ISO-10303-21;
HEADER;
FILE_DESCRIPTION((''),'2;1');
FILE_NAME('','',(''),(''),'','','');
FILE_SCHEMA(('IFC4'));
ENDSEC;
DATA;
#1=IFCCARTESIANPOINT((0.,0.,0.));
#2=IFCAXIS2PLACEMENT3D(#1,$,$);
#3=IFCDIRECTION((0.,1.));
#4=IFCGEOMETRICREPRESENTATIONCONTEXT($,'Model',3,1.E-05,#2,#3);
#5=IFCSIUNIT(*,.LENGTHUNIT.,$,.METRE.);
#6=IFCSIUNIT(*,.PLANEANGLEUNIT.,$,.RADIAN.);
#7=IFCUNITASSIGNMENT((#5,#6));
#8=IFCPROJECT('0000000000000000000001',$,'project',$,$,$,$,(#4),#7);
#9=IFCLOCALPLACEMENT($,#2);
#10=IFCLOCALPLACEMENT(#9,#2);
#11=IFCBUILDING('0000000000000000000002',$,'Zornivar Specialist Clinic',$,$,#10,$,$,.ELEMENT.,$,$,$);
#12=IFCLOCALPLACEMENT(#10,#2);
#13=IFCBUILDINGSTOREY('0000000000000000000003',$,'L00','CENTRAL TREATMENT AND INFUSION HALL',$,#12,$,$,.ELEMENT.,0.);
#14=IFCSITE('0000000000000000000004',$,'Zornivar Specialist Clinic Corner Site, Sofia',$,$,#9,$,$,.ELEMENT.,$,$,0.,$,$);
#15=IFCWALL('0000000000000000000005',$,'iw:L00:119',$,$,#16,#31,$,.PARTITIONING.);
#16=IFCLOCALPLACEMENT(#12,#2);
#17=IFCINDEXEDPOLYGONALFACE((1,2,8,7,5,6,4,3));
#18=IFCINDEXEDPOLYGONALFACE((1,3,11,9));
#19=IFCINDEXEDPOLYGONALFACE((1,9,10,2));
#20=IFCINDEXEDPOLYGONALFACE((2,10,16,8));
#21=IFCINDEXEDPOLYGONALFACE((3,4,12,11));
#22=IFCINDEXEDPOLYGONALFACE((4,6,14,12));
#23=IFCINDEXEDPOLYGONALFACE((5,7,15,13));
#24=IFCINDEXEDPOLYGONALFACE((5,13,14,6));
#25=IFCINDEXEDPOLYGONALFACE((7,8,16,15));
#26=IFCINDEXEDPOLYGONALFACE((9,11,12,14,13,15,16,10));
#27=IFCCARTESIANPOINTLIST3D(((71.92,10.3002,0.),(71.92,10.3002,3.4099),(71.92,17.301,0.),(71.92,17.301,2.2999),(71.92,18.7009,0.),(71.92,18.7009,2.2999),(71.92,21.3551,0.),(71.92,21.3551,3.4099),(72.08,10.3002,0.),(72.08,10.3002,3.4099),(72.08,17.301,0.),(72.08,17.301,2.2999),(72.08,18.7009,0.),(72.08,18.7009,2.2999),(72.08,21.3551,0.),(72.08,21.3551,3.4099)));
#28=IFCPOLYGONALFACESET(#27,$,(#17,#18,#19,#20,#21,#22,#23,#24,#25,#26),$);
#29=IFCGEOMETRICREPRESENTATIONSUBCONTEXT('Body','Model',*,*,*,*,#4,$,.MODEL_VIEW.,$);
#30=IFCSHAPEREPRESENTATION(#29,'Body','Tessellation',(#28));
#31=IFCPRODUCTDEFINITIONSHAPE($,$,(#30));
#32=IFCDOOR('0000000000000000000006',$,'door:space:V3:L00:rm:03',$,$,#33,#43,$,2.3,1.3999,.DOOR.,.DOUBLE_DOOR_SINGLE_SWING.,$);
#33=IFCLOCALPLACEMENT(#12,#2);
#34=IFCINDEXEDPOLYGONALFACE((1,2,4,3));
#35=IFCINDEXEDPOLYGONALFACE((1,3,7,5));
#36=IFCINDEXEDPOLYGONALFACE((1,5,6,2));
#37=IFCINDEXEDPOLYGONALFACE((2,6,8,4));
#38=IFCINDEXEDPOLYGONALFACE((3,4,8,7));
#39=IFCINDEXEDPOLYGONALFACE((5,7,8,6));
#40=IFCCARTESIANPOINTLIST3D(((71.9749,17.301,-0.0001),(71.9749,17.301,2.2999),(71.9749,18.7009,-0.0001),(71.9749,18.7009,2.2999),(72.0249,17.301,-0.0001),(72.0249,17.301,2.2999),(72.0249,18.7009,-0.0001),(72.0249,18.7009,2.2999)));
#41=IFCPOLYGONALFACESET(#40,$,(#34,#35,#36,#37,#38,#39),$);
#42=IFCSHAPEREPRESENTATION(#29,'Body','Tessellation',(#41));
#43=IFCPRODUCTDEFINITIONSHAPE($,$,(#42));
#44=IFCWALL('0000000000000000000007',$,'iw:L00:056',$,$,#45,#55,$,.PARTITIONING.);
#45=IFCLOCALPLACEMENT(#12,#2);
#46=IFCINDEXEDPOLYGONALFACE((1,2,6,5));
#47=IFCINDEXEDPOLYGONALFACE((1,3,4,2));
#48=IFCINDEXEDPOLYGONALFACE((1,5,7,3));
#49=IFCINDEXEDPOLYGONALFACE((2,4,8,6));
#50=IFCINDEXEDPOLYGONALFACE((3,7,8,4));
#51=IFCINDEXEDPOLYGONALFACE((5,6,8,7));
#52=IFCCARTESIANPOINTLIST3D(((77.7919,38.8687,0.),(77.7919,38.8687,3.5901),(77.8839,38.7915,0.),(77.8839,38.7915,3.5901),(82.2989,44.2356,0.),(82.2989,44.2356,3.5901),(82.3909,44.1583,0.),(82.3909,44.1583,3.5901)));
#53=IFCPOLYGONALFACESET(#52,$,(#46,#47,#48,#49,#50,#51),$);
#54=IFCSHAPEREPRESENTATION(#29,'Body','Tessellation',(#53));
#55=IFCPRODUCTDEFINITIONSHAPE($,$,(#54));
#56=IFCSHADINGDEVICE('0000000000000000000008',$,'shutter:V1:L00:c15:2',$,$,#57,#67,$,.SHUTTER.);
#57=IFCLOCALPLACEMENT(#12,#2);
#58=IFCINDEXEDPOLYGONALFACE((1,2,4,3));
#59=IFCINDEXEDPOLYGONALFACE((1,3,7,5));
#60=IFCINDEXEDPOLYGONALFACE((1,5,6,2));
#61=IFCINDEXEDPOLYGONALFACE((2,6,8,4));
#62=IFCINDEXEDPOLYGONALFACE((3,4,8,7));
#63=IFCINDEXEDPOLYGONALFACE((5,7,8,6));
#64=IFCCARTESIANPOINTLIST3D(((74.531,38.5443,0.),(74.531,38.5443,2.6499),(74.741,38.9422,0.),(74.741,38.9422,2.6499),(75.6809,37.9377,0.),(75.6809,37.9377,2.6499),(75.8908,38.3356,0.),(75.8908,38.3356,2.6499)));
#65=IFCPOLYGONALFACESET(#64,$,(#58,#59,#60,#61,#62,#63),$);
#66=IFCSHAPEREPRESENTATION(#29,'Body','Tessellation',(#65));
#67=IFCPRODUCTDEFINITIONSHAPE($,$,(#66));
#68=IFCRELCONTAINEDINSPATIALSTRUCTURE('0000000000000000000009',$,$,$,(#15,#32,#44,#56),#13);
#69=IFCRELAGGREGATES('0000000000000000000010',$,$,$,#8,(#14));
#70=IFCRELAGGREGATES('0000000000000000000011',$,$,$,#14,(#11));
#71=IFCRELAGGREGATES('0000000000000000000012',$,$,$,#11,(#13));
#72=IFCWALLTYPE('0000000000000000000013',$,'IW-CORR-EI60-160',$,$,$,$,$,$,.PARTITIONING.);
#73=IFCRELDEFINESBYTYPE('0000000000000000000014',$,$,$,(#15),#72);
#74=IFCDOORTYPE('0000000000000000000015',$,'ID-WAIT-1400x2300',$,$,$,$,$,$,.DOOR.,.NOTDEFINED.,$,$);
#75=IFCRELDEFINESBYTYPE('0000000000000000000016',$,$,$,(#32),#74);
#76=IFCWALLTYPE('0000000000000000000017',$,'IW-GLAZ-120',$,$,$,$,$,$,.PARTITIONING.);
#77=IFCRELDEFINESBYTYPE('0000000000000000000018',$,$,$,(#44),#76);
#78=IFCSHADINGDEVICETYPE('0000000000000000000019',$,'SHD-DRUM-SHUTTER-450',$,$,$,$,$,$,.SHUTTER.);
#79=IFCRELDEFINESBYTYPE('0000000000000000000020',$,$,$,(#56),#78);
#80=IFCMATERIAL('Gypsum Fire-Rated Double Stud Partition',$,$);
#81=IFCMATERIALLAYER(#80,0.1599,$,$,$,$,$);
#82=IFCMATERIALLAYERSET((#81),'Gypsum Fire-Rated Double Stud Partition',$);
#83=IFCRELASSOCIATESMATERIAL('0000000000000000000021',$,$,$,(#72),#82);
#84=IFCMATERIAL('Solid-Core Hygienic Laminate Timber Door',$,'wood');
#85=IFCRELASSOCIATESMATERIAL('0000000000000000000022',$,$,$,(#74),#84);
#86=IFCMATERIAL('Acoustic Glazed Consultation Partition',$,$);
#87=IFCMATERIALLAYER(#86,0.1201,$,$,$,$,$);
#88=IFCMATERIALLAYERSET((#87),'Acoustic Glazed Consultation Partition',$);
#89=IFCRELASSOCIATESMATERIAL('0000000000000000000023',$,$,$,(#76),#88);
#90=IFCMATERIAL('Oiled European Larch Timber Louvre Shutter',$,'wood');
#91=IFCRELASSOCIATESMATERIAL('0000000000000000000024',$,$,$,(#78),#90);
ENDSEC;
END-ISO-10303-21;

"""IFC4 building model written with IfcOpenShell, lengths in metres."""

from ifc_helpers import new_model, si_unit, direction, frame, frame_2d, origin, origin_2d, place, context, subcontext, project, spatial, rectangle, extrude, material, layer, layer_set, type_object, element, fill, save


model = new_model("IFC4")

# Units and contexts
model_context = context("Model", 3, precision=1e-05, world=origin(), true_north=direction((0.0, 1.0)))
body_context = subcontext(model_context, "Body", "Model", "MODEL_VIEW")
ifc_project = project(units=[si_unit("LENGTHUNIT", "METRE"), si_unit("PLANEANGLEUNIT", "RADIAN")], contexts=[model_context])

# Site, building, storey
site_placement = place(None, origin())
site = spatial("IfcSite", under=ifc_project, at=site_placement, Name="Zornivar Specialist Clinic Corner Site, Sofia", CompositionType="ELEMENT", RefElevation=0.0)
building_placement = place(site_placement, origin())
building = spatial("IfcBuilding", under=site, at=building_placement, Name="Zornivar Specialist Clinic", CompositionType="ELEMENT")
storey_placement = place(building_placement, origin())
storey = spatial("IfcBuildingStorey", under=building, at=storey_placement, Name="L00", Description="CENTRAL TREATMENT AND INFUSION HALL", CompositionType="ELEMENT", Elevation=0.0)

# Wall, opening, door
ifc_material_1 = material(Name="Gypsum Fire-Rated Double Stud Partition")
ifc_layer_1 = layer(ifc_material_1, 0.1599)
ifc_layer_set_1 = layer_set([ifc_layer_1], Name="Gypsum Fire-Rated Double Stud Partition")
wall_type_1 = type_object("IfcWallType", Name="IW-CORR-EI60-160", PredefinedType="PARTITIONING", material=ifc_layer_set_1)
wall_1_placement = place(storey_placement, frame((72.0, 21.355, 0.0), z_axis=(0.0, 0.0, 1.0), x_axis=(0.0, -1.0, 0.0)))
wall_1 = element("IfcWall", 1, at=wall_1_placement, inside=storey, type_object=wall_type_1, Name="iw:L00:119", PredefinedType="PARTITIONING", context=body_context, shape_type="SweptSolid", body=[
    extrude(rectangle(XDim=11.0549, YDim=0.1599, at=frame_2d((5.5273, 0.0))), origin(), (0.0, 0.0, 1.0), 3.4099),
])
opening_1_placement = place(wall_1_placement, frame((2.6541, 0.0, 0.0)))
opening_1 = element("IfcOpeningElement", 2, at=opening_1_placement, cuts=wall_1, PredefinedType="OPENING", context=body_context, shape_type="SweptSolid", body=[
    extrude(rectangle(XDim=1.3999, YDim=2.3, at=frame_2d((0.7, 1.1499))), frame((0.0, 0.0898, 0.0), z_axis=(0.0, -1.0, 0.0), x_axis=(1.0, 0.0, 0.0)), (0.0, 0.0, 1.0), 0.1799),
])
ifc_material_2 = material(Name="Solid-Core Hygienic Laminate Timber Door", Category="wood")
door_type = type_object("IfcDoorType", Name="ID-WAIT-1400x2300", OperationType="NOTDEFINED", PredefinedType="DOOR", material=ifc_material_2)
door_placement = place(opening_1_placement, origin())
door = element("IfcDoor", 3, at=door_placement, inside=storey, type_object=door_type, Name="door:space:V3:L00:rm:03", OperationType="DOUBLE_DOOR_SINGLE_SWING", OverallHeight=2.3, OverallWidth=1.3999, PredefinedType="DOOR", context=body_context, shape_type="SweptSolid", body=[
    extrude(rectangle(XDim=1.3999, YDim=2.3, at=frame_2d((0.7, 1.1499))), frame((0.0, 0.0249, 0.0), z_axis=(0.0, -1.0, 0.0), x_axis=(1.0, 0.0, 0.0)), (0.0, 0.0, 1.0), 0.05),
])
fill(opening_1, door)

# Wall
ifc_material_3 = material(Name="Acoustic Glazed Consultation Partition")
ifc_layer_2 = layer(ifc_material_3, 0.1201)
ifc_layer_set_2 = layer_set([ifc_layer_2], Name="Acoustic Glazed Consultation Partition")
wall_type_2 = type_object("IfcWallType", Name="IW-GLAZ-120", PredefinedType="PARTITIONING", material=ifc_layer_set_2)
wall_2_placement = place(storey_placement, frame((77.8379, 38.8301, 0.0), z_axis=(0.0, 0.0, 1.0), x_axis=(0.643096, 0.765786, 0.0)))
element("IfcWall", 4, at=wall_2_placement, inside=storey, type_object=wall_type_2, Name="iw:L00:056", PredefinedType="PARTITIONING", context=body_context, shape_type="SweptSolid", body=[
    extrude(rectangle(XDim=7.0083, YDim=0.1201, at=frame_2d((3.5042, 0.0))), origin(), (0.0, 0.0, 1.0), 3.5901),
])

# Shading device
ifc_material_4 = material(Name="Oiled European Larch Timber Louvre Shutter", Category="wood")
shading_device_type = type_object("IfcShadingDeviceType", Name="SHD-DRUM-SHUTTER-450", PredefinedType="SHUTTER", material=ifc_material_4)
shading_device_placement = place(storey_placement, frame((75.2109, 38.4399, 0.0), z_axis=(0.0, 0.0, 1.0), x_axis=(0.88447, -0.466597, 0.0)))
element("IfcShadingDevice", 5, at=shading_device_placement, inside=storey, type_object=shading_device_type, Name="shutter:V1:L00:c15:2", PredefinedType="SHUTTER", context=body_context, shape_type="SweptSolid", body=[
    extrude(rectangle(XDim=1.3, YDim=0.45, at=origin_2d()), origin(), (0.0, 0.0, 1.0), 2.6499),
])

save(model, "model.ifc")
